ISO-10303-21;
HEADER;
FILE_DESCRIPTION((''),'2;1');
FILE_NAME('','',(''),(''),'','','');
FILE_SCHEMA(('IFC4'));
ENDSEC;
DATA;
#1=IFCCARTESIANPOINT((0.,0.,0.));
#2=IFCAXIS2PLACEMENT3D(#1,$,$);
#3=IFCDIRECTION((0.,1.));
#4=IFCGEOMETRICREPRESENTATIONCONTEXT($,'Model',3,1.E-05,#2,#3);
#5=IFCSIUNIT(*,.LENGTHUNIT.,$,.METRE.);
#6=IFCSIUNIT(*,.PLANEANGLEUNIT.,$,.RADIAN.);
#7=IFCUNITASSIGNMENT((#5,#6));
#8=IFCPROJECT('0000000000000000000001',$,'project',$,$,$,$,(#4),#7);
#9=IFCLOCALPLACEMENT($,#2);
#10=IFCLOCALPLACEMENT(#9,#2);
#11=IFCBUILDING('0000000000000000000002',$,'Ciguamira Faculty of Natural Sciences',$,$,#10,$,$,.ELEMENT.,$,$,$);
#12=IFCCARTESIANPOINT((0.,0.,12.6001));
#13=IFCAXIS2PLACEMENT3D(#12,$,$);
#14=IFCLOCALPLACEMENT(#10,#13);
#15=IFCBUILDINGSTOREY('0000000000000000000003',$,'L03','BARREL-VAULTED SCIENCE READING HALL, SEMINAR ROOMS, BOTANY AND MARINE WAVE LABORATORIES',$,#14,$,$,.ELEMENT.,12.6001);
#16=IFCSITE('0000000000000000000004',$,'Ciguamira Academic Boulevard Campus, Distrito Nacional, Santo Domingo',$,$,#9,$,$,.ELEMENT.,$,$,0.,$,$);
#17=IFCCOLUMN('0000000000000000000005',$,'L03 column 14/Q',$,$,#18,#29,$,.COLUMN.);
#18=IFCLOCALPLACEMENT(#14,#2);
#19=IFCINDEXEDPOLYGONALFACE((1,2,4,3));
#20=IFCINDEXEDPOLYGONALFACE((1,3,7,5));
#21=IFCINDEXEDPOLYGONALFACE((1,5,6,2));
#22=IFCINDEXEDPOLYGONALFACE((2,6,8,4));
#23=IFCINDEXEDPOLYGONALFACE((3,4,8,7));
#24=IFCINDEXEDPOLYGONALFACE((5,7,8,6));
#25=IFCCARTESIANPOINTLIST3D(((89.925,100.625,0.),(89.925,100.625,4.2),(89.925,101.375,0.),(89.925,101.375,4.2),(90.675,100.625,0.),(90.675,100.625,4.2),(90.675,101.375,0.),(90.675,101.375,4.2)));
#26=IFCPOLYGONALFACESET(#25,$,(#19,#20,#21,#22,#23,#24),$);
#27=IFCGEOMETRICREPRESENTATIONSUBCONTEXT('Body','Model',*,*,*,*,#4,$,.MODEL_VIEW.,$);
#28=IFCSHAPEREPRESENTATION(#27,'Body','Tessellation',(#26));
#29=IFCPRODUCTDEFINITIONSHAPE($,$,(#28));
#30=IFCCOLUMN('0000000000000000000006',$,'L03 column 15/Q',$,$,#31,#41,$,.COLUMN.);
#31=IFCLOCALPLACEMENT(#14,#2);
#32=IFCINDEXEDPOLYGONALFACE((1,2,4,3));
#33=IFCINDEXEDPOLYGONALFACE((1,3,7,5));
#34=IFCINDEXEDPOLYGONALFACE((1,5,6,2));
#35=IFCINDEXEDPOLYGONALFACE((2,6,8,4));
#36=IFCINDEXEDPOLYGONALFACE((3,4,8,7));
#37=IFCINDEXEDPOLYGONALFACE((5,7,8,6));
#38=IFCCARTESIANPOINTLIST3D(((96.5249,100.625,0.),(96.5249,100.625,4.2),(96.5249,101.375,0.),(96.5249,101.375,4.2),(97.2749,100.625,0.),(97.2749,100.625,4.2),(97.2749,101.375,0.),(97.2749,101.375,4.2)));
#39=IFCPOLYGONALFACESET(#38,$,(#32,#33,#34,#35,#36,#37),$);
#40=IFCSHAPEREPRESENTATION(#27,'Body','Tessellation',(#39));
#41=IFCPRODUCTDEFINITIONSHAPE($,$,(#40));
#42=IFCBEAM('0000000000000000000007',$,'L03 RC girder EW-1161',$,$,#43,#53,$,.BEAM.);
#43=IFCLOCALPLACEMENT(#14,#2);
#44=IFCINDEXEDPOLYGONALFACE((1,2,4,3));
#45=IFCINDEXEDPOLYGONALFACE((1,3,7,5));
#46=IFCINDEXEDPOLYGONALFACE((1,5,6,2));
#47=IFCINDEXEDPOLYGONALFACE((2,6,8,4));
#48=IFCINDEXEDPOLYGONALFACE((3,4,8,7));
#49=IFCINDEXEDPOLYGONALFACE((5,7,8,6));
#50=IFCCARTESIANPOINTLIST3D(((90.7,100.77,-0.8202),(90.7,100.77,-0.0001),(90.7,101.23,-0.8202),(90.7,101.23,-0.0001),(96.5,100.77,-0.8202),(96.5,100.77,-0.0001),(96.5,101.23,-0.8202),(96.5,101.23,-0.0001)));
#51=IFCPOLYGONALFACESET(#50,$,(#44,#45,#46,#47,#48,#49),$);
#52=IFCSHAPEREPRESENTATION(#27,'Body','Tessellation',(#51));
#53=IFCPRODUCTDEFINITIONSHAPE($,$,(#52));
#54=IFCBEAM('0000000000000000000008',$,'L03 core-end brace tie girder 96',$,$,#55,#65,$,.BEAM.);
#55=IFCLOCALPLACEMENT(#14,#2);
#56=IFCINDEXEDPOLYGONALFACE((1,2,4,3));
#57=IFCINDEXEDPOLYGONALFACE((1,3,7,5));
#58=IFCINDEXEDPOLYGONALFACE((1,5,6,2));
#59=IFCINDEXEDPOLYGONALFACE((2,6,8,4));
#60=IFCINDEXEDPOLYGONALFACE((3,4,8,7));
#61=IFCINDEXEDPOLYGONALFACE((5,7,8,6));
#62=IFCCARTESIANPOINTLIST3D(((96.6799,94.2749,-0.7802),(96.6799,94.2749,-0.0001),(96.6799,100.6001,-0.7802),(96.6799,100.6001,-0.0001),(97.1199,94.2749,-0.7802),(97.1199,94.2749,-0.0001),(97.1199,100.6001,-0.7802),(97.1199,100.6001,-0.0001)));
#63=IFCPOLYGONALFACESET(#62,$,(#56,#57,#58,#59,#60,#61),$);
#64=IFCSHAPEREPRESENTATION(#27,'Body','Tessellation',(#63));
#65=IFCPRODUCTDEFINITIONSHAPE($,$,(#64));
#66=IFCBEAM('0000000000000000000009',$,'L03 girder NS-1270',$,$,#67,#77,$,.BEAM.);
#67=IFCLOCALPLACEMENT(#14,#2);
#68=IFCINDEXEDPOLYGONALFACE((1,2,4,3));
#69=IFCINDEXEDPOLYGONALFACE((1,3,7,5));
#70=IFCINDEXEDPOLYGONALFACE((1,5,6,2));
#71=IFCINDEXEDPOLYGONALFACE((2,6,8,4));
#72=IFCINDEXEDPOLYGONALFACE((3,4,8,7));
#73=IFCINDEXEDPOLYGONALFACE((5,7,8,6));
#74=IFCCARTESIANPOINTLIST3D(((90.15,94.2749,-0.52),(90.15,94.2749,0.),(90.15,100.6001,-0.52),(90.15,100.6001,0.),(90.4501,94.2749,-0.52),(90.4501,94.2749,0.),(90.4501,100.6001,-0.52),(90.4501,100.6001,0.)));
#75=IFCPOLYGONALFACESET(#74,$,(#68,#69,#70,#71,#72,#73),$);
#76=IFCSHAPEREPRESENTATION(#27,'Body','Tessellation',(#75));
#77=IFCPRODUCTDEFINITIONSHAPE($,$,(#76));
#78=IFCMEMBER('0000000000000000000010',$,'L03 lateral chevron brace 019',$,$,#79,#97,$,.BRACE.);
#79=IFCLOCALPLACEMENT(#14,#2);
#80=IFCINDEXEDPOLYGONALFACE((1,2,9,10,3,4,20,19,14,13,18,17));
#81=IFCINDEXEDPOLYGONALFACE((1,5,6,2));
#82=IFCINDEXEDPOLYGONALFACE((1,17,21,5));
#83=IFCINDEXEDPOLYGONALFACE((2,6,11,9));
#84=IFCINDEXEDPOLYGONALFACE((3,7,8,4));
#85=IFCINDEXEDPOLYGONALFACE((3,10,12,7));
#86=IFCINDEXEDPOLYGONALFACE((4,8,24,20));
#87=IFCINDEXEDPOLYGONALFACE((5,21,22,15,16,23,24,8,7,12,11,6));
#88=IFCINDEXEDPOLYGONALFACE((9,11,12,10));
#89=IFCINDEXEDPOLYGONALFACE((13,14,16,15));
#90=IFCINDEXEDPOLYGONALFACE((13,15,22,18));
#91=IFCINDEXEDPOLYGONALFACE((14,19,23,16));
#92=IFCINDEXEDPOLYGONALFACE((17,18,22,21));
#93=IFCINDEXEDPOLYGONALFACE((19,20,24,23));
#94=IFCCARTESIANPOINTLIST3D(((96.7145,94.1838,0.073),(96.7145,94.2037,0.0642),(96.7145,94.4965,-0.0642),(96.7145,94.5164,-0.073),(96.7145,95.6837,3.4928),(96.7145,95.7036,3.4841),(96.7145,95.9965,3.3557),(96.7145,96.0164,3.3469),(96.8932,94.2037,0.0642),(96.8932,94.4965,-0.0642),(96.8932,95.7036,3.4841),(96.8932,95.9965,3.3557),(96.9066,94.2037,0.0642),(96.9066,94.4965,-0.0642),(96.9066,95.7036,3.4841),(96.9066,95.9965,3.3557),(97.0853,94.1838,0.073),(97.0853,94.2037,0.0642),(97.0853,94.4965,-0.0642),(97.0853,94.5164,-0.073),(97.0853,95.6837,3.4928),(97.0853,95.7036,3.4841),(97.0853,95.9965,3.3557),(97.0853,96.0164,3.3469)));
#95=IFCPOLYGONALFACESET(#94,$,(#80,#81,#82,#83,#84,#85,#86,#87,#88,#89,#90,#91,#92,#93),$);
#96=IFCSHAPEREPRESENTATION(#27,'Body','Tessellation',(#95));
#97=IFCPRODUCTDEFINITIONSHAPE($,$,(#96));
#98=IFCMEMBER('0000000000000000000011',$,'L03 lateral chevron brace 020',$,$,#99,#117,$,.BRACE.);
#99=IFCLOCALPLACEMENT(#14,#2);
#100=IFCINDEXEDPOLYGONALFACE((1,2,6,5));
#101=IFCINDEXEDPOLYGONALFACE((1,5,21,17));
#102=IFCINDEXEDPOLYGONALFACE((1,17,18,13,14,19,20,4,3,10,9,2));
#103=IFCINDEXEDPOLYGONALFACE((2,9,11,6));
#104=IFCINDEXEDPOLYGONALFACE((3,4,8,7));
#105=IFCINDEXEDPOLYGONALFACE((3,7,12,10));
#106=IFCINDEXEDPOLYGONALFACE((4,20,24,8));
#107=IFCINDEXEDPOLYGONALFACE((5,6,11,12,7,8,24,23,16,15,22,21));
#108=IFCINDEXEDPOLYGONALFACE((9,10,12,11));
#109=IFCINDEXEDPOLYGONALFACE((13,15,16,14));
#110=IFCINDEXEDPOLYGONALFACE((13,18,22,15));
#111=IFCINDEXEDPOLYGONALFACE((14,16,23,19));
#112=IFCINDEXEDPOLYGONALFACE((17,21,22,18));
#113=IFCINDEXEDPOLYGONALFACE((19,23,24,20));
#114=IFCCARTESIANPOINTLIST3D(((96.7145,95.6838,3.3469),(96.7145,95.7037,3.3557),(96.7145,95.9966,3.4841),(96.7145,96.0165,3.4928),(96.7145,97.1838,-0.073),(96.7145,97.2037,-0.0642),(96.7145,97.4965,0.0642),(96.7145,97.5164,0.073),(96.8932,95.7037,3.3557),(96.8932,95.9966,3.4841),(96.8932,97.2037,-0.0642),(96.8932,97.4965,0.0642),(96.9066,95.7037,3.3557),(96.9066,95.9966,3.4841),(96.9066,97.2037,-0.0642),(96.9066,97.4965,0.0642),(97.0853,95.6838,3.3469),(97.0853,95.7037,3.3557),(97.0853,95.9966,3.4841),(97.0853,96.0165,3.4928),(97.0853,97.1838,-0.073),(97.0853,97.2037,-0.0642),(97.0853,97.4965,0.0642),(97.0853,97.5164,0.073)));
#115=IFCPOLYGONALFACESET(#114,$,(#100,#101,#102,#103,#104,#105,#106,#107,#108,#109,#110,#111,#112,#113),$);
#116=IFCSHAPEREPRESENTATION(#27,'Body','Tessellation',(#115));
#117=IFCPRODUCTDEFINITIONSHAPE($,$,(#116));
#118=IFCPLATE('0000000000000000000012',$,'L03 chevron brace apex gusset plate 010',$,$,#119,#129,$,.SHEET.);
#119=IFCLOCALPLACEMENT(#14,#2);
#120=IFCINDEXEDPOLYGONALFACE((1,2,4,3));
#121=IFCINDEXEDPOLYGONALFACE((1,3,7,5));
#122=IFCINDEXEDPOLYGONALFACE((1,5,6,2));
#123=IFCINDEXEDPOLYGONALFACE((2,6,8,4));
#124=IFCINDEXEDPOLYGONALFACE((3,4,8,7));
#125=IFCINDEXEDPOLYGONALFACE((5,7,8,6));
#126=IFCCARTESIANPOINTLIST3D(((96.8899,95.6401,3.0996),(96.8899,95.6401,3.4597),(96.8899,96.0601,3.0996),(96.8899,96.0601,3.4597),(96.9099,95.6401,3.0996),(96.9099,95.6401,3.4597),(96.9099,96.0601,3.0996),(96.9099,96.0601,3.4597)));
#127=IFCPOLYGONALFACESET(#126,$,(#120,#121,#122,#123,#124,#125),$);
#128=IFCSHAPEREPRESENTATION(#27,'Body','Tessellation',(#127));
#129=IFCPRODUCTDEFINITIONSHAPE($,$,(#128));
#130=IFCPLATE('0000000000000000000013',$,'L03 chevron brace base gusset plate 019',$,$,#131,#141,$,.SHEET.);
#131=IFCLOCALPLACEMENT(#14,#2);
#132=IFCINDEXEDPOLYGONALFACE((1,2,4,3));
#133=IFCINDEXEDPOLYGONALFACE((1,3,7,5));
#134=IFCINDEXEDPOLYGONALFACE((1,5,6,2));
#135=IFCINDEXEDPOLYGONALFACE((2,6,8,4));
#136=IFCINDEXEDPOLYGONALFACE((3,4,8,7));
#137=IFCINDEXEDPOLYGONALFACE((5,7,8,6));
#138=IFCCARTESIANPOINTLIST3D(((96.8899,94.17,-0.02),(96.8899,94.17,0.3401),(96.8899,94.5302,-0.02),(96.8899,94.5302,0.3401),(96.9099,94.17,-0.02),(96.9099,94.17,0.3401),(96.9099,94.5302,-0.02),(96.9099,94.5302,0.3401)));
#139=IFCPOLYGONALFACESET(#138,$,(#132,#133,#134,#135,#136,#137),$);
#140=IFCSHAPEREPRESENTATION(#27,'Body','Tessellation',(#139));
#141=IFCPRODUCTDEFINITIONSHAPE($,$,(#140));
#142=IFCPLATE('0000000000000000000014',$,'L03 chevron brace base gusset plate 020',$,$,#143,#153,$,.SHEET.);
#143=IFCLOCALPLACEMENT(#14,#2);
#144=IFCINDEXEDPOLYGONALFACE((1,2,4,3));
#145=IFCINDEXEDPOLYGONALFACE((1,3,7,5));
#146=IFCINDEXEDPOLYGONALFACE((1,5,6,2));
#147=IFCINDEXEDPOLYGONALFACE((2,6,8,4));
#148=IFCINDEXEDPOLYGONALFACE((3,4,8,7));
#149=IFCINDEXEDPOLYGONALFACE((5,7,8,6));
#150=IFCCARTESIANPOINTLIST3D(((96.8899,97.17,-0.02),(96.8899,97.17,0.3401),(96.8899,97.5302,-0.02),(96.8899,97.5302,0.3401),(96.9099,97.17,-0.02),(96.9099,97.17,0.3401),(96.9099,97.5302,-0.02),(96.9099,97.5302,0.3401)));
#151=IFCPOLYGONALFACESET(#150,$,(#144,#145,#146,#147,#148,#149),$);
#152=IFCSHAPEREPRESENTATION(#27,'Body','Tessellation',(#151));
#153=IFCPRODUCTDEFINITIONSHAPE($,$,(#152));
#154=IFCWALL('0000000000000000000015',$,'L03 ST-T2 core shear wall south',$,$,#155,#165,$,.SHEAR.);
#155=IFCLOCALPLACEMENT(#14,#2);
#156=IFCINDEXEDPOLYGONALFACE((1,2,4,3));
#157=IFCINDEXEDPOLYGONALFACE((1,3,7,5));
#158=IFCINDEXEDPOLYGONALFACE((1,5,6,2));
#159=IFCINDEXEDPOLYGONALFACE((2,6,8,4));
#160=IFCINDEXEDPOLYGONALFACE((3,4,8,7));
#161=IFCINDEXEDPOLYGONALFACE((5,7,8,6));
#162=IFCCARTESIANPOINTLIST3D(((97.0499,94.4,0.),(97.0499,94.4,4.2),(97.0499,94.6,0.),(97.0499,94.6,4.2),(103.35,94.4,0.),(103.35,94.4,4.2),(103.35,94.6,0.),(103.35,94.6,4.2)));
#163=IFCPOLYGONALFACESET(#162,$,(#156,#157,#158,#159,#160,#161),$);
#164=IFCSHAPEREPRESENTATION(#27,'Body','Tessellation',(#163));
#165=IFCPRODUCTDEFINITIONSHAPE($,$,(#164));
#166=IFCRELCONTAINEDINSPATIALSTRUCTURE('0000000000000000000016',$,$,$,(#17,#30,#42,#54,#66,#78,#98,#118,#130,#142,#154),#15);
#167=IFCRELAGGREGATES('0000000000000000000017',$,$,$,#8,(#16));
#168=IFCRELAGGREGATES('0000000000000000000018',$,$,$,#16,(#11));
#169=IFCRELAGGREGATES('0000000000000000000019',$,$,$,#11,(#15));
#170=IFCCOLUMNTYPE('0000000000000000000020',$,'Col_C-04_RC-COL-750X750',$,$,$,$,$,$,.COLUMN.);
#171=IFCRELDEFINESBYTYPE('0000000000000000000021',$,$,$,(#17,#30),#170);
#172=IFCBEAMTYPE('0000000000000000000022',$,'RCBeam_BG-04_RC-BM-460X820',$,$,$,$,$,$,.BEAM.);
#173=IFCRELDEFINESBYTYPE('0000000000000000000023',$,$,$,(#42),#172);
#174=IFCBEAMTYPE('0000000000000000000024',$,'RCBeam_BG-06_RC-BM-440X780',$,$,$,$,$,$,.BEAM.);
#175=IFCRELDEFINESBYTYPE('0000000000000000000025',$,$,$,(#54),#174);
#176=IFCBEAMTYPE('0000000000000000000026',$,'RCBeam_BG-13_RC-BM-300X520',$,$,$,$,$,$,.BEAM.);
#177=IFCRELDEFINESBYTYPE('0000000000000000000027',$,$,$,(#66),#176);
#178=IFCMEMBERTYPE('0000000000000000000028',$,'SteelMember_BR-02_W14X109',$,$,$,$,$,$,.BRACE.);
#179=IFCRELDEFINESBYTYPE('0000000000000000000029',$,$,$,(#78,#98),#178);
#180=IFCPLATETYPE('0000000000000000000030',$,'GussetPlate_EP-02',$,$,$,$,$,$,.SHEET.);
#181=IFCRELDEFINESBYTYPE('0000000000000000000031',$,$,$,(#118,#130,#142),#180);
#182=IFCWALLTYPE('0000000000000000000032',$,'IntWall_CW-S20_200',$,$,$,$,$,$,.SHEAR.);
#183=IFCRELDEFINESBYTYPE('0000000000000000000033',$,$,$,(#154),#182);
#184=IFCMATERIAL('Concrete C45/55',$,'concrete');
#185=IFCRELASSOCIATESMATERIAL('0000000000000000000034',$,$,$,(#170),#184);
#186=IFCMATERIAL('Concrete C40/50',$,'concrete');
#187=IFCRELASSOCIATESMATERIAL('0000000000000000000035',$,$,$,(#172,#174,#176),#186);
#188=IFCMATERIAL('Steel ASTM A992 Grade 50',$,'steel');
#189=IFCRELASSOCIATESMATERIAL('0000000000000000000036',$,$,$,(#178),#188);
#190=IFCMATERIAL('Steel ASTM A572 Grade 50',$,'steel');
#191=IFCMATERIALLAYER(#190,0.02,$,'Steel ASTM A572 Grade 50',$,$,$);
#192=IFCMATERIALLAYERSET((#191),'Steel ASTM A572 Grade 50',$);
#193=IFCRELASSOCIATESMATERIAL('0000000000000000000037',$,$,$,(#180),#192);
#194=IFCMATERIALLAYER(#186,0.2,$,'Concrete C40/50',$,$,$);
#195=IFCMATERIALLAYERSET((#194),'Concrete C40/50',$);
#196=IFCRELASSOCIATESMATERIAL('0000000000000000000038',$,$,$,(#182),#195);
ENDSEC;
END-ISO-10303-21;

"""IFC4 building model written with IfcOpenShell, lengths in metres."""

from ifc_helpers import new_model, si_unit, direction, frame, frame_2d, origin, origin_2d, place, context, subcontext, project, spatial, rectangle, i_section, extrude, material, layer, layer_set, material_profile, profile_set, type_object, element, save


model = new_model("IFC4")

# Units and contexts
model_context = context("Model", 3, precision=1e-05, world=origin(), true_north=direction((0.0, 1.0)))
body_context = subcontext(model_context, "Body", "Model", "MODEL_VIEW")
ifc_project = project(units=[si_unit("LENGTHUNIT", "METRE"), si_unit("PLANEANGLEUNIT", "RADIAN")], contexts=[model_context])

# Site, building, storey
site_placement = place(None, origin())
site = spatial("IfcSite", under=ifc_project, at=site_placement, Name="Ciguamira Academic Boulevard Campus, Distrito Nacional, Santo Domingo", CompositionType="ELEMENT", RefElevation=0.0)
building_placement = place(site_placement, origin())
building = spatial("IfcBuilding", under=site, at=building_placement, Name="Ciguamira Faculty of Natural Sciences", CompositionType="ELEMENT")
storey_placement = place(building_placement, frame((0.0, 0.0, 12.6001)))
storey = spatial("IfcBuildingStorey", under=building, at=storey_placement, Name="L03", Description="BARREL-VAULTED SCIENCE READING HALL, SEMINAR ROOMS, BOTANY AND MARINE WAVE LABORATORIES", CompositionType="ELEMENT", Elevation=12.6001)

# Columns
ifc_material_1 = material(Name="Concrete C45/55", Category="concrete")
ifc_material_profile_1 = material_profile(ifc_material_1, rectangle(XDim=0.75, YDim=0.75, at=origin_2d()), Name="RC-COL-750X750")
ifc_profile_set_1 = profile_set([ifc_material_profile_1], Name="Concrete C45/55")
column_type = type_object("IfcColumnType", Name="Col_C-04_RC-COL-750X750", PredefinedType="COLUMN", material=ifc_profile_set_1)
for number, where, z_axis, x_axis, name in (
    (1, (90.3, 101.0, 0.0), (0.0, 0.0, 1.0), (1.0, 0.0, 0.0), "L03 column 14/Q"),
    (2, (96.8999, 101.0, 0.0), (0.0, 0.0, 1.0), (1.0, 0.0, 0.0), "L03 column 15/Q"),
):
    element("IfcColumn", number, at=place(storey_placement, frame(where, z_axis=z_axis, x_axis=x_axis)), inside=storey, type_object=column_type, Name=name, PredefinedType="COLUMN", context=body_context, shape_type="SweptSolid", body=[
        extrude(rectangle(XDim=0.75, YDim=0.75, at=origin_2d()), origin(), (0.0, 0.0, 1.0), 4.2),
    ])

# Beams
ifc_material_2 = material(Name="Concrete C40/50", Category="concrete")
ifc_material_profile_2 = material_profile(ifc_material_2, rectangle(XDim=0.46, YDim=0.8201, at=origin_2d()), Name="RC-BM-460X820")
ifc_profile_set_2 = profile_set([ifc_material_profile_2], Name="Concrete C40/50")
beam_type_1 = type_object("IfcBeamType", Name="RCBeam_BG-04_RC-BM-460X820", PredefinedType="BEAM", material=ifc_profile_set_2)
beam_1_placement = place(storey_placement, frame((90.7, 101.0, -0.4102), z_axis=(1.0, 0.0, 0.0), x_axis=(0.0, 1.0, 0.0)))
element("IfcBeam", 3, at=beam_1_placement, inside=storey, type_object=beam_type_1, Name="L03 RC girder EW-1161", PredefinedType="BEAM", context=body_context, shape_type="SweptSolid", body=[
    extrude(rectangle(XDim=0.46, YDim=0.8201, at=origin_2d()), origin(), (0.0, 0.0, 1.0), 5.8),
])
ifc_material_profile_3 = material_profile(ifc_material_2, rectangle(XDim=0.4399, YDim=0.78, at=origin_2d()), Name="RC-BM-440X780")
ifc_profile_set_3 = profile_set([ifc_material_profile_3], Name="Concrete C40/50")
beam_type_2 = type_object("IfcBeamType", Name="RCBeam_BG-06_RC-BM-440X780", PredefinedType="BEAM", material=ifc_profile_set_3)
beam_2_placement = place(storey_placement, frame((96.8999, 94.2749, -0.3901), z_axis=(0.0, 1.0, 0.0), x_axis=(-1.0, 0.0, 0.0)))
element("IfcBeam", 4, at=beam_2_placement, inside=storey, type_object=beam_type_2, Name="L03 core-end brace tie girder 96", PredefinedType="BEAM", context=body_context, shape_type="SweptSolid", body=[
    extrude(rectangle(XDim=0.4399, YDim=0.78, at=origin_2d()), origin(), (0.0, 0.0, 1.0), 6.3252),
])
ifc_material_profile_4 = material_profile(ifc_material_2, rectangle(XDim=0.3, YDim=0.52, at=origin_2d()), Name="RC-BM-300X520")
ifc_profile_set_4 = profile_set([ifc_material_profile_4], Name="Concrete C40/50")
beam_type_3 = type_object("IfcBeamType", Name="RCBeam_BG-13_RC-BM-300X520", PredefinedType="BEAM", material=ifc_profile_set_4)
beam_3_placement = place(storey_placement, frame((90.3, 94.2749, -0.26), z_axis=(0.0, 1.0, 0.0), x_axis=(-1.0, 0.0, 0.0)))
element("IfcBeam", 5, at=beam_3_placement, inside=storey, type_object=beam_type_3, Name="L03 girder NS-1270", PredefinedType="BEAM", context=body_context, shape_type="SweptSolid", body=[
    extrude(rectangle(XDim=0.3, YDim=0.52, at=origin_2d()), origin(), (0.0, 0.0, 1.0), 6.3252),
])

# Members
ifc_material_3 = material(Name="Steel ASTM A992 Grade 50", Category="steel")
ifc_material_profile_5 = material_profile(ifc_material_3, i_section(OverallWidth=0.3708, OverallDepth=0.3633, WebThickness=0.0134, FlangeThickness=0.0217, at=origin_2d()), Name="W14X109")
ifc_profile_set_5 = profile_set([ifc_material_profile_5], Name="Steel ASTM A992 Grade 50")
member_type = type_object("IfcMemberType", Name="SteelMember_BR-02_W14X109", PredefinedType="BRACE", material=ifc_profile_set_5)
for number, where, z_axis, x_axis, name in (
    (6, (96.8999, 94.3501, 0.0), (0.0, 0.401669, 0.915785), (-1.0, 0.0, 0.0), "L03 lateral chevron brace 019"),
    (7, (96.8999, 97.3501, 0.0), (0.0, -0.401669, 0.915785), (1.0, 0.0, 0.0), "L03 lateral chevron brace 020"),
):
    element("IfcMember", number, at=place(storey_placement, frame(where, z_axis=z_axis, x_axis=x_axis)), inside=storey, type_object=member_type, Name=name, PredefinedType="BRACE", context=body_context, shape_type="SweptSolid", body=[
        extrude(i_section(OverallWidth=0.3708, OverallDepth=0.3633, WebThickness=0.0134, FlangeThickness=0.0217, at=origin_2d()), origin(), (0.0, 0.0, 1.0), 3.7344),
    ])

# Plates
ifc_material_4 = material(Name="Steel ASTM A572 Grade 50", Category="steel")
ifc_layer_1 = layer(ifc_material_4, 0.02, Name="Steel ASTM A572 Grade 50")
ifc_layer_set_1 = layer_set([ifc_layer_1], Name="Steel ASTM A572 Grade 50")
plate_type = type_object("IfcPlateType", Name="GussetPlate_EP-02", PredefinedType="SHEET", material=ifc_layer_set_1)
plate_placement = place(storey_placement, frame((96.8999, 95.8501, 3.0996), z_axis=(0.0, 0.0, 1.0), x_axis=(1.0, 0.0, 0.0)))
element("IfcPlate", 8, at=plate_placement, inside=storey, type_object=plate_type, Name="L03 chevron brace apex gusset plate 010", PredefinedType="SHEET", context=body_context, shape_type="SweptSolid", body=[
    extrude(rectangle(XDim=0.02, YDim=0.4199, at=origin_2d()), origin(), (0.0, 0.0, 1.0), 0.3601),
])
for number, where, z_axis, x_axis, name in (
    (9, (96.8999, 94.3501, -0.02), (0.0, 0.0, 1.0), (1.0, 0.0, 0.0), "L03 chevron brace base gusset plate 019"),
    (10, (96.8999, 97.3501, -0.02), (0.0, 0.0, 1.0), (1.0, 0.0, 0.0), "L03 chevron brace base gusset plate 020"),
):
    element("IfcPlate", number, at=place(storey_placement, frame(where, z_axis=z_axis, x_axis=x_axis)), inside=storey, type_object=plate_type, Name=name, PredefinedType="SHEET", context=body_context, shape_type="SweptSolid", body=[
        extrude(rectangle(XDim=0.02, YDim=0.3601, at=origin_2d()), origin(), (0.0, 0.0, 1.0), 0.3601),
    ])

# Wall
ifc_layer_2 = layer(ifc_material_2, 0.2, Name="Concrete C40/50")
ifc_layer_set_2 = layer_set([ifc_layer_2], Name="Concrete C40/50")
wall_type_1 = type_object("IfcWallType", Name="IntWall_CW-S20_200", PredefinedType="SHEAR", material=ifc_layer_set_2)
wall_1_placement = place(storey_placement, frame((97.05, 94.5, 0.0), z_axis=(0.0, 0.0, 1.0), x_axis=(1.0, 0.0, 0.0)))
element("IfcWall", 11, at=wall_1_placement, inside=storey, type_object=wall_type_1, Name="L03 ST-T2 core shear wall south", PredefinedType="SHEAR", context=body_context, shape_type="SweptSolid", body=[
    extrude(rectangle(XDim=6.3, YDim=0.2, at=frame_2d((3.1499, 0.0))), origin(), (0.0, 0.0, 1.0), 4.2),
])

save(model, "model.ifc")
